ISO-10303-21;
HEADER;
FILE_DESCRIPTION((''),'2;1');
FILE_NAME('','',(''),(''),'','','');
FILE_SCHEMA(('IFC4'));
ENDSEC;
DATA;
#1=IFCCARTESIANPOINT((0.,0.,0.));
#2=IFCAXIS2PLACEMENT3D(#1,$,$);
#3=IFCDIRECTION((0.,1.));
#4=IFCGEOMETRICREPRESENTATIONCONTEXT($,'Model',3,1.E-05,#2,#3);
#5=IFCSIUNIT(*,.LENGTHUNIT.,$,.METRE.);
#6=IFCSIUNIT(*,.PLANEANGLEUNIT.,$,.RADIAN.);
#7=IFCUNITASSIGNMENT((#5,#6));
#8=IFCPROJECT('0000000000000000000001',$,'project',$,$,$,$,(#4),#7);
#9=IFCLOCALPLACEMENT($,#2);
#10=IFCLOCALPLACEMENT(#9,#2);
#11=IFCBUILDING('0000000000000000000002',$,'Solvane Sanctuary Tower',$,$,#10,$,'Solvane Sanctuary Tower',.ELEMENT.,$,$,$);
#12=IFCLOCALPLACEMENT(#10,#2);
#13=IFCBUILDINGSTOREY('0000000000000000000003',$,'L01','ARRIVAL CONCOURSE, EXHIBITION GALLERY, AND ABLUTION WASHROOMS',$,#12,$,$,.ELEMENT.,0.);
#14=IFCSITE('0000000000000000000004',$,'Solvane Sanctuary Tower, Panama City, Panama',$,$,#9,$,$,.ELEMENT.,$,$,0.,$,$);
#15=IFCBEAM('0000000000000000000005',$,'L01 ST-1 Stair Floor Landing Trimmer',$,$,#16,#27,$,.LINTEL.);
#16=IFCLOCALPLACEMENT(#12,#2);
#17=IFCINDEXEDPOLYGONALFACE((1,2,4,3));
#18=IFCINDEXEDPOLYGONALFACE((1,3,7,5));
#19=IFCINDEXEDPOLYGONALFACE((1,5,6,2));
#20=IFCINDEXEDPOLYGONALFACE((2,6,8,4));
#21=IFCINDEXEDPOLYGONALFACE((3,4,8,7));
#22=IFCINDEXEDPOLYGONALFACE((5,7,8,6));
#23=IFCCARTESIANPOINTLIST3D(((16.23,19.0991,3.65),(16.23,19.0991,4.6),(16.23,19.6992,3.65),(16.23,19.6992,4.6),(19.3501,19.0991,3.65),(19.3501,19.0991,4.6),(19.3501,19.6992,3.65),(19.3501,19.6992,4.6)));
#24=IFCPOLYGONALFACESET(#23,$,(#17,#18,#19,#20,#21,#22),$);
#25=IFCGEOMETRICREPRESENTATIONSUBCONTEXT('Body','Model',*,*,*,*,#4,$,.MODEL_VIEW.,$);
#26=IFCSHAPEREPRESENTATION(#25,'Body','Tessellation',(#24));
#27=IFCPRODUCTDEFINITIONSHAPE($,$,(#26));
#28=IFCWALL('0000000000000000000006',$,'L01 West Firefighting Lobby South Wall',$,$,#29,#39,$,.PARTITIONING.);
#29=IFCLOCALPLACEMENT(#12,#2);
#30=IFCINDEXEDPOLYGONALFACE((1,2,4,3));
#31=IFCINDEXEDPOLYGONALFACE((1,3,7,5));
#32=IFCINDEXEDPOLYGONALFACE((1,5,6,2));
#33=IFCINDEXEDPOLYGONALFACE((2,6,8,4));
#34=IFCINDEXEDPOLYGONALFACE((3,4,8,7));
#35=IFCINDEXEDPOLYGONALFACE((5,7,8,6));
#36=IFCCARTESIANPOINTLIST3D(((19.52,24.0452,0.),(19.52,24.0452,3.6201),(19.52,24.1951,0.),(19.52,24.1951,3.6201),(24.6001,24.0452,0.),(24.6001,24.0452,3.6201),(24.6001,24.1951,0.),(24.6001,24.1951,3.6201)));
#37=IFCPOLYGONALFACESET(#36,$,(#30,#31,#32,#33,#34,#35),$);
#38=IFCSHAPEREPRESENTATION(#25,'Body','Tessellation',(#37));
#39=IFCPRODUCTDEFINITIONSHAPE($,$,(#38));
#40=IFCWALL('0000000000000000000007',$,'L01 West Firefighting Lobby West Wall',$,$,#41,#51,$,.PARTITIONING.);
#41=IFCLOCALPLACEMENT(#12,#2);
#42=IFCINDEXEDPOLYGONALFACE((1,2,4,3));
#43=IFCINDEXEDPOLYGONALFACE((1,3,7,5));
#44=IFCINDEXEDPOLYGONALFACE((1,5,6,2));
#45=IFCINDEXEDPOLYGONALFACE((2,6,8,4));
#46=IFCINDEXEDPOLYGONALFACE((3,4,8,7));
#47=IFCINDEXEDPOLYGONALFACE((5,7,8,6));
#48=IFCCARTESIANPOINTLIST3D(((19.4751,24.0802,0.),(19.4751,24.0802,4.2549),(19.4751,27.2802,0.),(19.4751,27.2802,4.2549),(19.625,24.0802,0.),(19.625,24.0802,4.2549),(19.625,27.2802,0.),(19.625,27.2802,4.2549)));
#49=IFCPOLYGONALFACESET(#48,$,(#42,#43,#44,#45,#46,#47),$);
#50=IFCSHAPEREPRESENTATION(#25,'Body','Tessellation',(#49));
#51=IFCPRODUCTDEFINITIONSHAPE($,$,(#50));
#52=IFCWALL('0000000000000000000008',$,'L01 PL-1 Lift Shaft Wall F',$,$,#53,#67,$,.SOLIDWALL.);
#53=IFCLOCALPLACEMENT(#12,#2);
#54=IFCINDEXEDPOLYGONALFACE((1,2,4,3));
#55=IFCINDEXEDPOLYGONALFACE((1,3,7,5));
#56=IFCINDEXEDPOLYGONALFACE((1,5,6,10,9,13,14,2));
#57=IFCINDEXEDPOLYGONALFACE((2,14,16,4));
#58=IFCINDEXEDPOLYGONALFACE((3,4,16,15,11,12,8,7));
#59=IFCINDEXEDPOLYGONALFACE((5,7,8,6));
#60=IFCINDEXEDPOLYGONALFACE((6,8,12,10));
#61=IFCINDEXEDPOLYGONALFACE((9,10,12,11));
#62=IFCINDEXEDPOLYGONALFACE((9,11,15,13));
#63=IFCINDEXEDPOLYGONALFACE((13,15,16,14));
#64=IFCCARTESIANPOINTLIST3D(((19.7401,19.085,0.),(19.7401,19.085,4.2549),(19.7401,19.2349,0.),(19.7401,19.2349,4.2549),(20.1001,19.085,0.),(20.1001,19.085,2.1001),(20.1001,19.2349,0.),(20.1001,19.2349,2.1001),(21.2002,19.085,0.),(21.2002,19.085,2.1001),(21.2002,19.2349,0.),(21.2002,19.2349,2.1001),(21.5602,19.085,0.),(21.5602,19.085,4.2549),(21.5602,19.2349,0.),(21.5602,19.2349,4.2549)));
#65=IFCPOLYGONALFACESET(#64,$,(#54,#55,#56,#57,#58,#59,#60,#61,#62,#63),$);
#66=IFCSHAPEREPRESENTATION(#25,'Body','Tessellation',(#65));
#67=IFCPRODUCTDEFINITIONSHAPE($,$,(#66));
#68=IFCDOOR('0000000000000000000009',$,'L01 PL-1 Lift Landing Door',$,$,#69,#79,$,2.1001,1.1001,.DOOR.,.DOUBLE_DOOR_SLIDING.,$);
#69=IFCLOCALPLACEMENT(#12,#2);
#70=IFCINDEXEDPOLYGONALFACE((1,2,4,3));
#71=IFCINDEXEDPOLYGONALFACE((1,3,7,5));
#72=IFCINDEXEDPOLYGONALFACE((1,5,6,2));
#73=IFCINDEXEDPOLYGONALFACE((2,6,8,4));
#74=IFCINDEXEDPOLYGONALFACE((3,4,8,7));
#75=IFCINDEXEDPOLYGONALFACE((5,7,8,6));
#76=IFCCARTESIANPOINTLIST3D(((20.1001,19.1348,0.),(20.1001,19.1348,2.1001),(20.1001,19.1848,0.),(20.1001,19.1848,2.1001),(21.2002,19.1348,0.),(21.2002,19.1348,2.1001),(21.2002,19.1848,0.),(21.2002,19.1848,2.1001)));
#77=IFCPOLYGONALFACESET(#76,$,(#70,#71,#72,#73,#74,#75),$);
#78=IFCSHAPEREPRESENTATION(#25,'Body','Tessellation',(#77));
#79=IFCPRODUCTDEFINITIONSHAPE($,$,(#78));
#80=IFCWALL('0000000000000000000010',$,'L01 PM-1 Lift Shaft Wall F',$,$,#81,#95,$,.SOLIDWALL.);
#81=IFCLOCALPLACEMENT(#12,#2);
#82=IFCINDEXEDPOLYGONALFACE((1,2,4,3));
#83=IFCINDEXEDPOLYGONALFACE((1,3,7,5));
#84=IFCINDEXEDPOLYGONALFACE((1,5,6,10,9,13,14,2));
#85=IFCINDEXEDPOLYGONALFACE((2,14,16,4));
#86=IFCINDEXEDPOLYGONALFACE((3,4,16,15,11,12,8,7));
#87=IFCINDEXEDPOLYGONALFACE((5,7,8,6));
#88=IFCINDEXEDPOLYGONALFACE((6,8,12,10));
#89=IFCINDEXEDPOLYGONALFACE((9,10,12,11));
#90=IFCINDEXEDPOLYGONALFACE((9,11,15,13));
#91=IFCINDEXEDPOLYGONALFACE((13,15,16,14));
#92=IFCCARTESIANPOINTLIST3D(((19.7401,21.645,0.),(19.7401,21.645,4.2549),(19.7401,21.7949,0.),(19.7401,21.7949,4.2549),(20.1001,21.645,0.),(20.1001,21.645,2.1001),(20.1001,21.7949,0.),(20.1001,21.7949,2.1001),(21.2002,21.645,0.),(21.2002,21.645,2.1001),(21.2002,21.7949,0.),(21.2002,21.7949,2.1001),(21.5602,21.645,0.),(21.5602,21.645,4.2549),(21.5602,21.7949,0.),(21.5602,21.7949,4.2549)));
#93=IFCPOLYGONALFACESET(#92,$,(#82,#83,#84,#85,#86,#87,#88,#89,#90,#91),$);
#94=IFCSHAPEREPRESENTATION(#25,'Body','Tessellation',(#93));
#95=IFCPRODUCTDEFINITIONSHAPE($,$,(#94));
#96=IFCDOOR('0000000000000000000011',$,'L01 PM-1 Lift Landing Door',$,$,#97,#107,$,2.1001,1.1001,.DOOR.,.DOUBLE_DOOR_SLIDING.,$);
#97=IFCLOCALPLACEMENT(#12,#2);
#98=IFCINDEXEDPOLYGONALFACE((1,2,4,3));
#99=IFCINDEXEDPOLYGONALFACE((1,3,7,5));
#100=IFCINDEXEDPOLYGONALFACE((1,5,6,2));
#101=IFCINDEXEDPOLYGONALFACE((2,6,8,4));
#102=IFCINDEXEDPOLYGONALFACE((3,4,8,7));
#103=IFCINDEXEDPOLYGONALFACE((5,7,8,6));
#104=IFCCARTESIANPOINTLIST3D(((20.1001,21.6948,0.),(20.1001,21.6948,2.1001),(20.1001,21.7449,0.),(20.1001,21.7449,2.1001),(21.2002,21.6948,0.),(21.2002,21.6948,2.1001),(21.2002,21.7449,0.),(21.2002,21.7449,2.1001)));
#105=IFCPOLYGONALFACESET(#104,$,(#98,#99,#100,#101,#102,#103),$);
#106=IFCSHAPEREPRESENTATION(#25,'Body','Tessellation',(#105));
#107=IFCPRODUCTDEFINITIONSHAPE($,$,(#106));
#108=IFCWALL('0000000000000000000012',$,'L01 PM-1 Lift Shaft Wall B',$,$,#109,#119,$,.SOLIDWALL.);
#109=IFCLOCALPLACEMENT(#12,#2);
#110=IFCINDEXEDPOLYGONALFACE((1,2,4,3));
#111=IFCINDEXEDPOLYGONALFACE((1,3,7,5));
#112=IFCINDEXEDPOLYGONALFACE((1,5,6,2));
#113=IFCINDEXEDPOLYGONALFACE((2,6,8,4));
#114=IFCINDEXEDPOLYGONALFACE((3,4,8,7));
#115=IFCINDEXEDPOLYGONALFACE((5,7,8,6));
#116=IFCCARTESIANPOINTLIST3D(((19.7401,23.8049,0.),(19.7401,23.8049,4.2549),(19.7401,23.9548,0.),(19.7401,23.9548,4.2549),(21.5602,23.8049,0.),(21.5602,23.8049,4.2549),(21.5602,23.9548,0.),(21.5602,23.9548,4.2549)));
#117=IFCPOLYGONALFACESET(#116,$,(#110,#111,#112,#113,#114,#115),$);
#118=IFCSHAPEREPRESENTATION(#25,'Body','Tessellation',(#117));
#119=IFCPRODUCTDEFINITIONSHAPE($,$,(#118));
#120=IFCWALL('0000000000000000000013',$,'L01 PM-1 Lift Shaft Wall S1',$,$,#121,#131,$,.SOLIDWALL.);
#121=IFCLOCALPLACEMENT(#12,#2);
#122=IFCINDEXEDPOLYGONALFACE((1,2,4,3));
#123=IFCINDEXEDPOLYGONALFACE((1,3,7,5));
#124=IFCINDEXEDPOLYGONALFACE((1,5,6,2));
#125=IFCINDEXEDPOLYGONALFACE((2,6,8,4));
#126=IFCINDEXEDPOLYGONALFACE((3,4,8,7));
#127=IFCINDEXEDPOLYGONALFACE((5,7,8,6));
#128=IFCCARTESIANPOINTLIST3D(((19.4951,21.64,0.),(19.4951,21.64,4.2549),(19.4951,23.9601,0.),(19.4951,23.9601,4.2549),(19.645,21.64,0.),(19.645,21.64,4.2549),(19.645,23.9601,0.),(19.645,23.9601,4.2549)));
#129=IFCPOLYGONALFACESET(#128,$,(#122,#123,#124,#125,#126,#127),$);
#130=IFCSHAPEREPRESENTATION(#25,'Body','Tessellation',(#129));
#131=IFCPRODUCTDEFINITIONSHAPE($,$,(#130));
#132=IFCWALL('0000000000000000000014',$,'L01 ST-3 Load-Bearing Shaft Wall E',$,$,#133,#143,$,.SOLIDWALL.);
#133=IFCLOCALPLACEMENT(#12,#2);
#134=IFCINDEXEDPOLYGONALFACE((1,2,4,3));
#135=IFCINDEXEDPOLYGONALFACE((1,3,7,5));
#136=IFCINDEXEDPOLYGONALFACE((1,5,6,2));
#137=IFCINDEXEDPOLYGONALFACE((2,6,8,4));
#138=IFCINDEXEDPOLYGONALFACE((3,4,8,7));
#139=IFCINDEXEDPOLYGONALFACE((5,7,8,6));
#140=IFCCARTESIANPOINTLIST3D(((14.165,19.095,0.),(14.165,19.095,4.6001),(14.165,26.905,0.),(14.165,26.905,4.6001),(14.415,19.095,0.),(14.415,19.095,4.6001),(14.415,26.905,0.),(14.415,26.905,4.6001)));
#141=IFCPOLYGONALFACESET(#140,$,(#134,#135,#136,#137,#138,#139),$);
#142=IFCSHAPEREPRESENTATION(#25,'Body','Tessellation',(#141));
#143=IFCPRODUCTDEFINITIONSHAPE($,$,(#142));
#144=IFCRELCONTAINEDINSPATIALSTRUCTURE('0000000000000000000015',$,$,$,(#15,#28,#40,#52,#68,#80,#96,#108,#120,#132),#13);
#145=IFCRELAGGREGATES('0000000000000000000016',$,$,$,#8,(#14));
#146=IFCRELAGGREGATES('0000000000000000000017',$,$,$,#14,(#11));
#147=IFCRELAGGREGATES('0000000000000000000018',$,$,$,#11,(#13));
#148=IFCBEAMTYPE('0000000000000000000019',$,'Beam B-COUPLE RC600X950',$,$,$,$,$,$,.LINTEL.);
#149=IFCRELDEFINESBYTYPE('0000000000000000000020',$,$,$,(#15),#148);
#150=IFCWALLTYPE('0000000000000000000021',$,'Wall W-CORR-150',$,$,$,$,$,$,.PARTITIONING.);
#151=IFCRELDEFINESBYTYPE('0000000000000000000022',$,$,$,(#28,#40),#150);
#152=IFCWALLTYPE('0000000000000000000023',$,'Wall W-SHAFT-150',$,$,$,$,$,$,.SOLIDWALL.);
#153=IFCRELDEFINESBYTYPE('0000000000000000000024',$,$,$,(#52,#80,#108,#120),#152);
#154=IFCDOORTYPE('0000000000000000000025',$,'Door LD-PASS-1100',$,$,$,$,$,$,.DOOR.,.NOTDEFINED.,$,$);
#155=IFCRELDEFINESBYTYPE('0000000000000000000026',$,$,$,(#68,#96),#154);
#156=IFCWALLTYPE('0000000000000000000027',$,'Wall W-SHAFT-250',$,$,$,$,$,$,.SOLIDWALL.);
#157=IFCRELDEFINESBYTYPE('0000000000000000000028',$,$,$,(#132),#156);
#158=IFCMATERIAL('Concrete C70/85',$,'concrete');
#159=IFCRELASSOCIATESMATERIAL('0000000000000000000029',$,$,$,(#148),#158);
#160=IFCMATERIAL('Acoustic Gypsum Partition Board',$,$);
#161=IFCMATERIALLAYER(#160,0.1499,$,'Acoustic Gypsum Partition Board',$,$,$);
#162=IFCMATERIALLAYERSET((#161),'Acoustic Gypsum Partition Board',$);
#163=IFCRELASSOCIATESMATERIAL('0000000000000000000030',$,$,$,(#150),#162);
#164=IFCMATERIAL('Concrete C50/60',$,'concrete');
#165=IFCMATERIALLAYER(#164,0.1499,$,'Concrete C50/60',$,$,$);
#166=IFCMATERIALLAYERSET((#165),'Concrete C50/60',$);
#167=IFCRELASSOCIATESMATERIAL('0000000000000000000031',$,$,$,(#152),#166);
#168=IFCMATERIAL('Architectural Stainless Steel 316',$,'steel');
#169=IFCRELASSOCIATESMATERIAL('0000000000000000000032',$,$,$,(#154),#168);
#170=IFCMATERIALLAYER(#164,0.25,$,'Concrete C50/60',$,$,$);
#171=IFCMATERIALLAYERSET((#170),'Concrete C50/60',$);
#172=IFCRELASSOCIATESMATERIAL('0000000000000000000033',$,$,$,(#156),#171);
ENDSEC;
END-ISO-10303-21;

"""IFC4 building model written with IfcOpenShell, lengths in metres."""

from ifc_helpers import new_model, si_unit, direction, frame, frame_2d, origin, origin_2d, place, context, subcontext, project, spatial, rectangle, extrude, material, layer, layer_set, material_profile, profile_set, type_object, element, fill, save


model = new_model("IFC4")

# Units and contexts
model_context = context("Model", 3, precision=1e-05, world=origin(), true_north=direction((0.0, 1.0)))
body_context = subcontext(model_context, "Body", "Model", "MODEL_VIEW")
ifc_project = project(units=[si_unit("LENGTHUNIT", "METRE"), si_unit("PLANEANGLEUNIT", "RADIAN")], contexts=[model_context])

# Site, building, storey
site_placement = place(None, origin())
site = spatial("IfcSite", under=ifc_project, at=site_placement, Name="Solvane Sanctuary Tower, Panama City, Panama", CompositionType="ELEMENT", RefElevation=0.0)
building_placement = place(site_placement, origin())
building = spatial("IfcBuilding", under=site, at=building_placement, Name="Solvane Sanctuary Tower", LongName="Solvane Sanctuary Tower", CompositionType="ELEMENT")
storey_placement = place(building_placement, origin())
storey = spatial("IfcBuildingStorey", under=building, at=storey_placement, Name="L01", Description="ARRIVAL CONCOURSE, EXHIBITION GALLERY, AND ABLUTION WASHROOMS", CompositionType="ELEMENT", Elevation=0.0)

# Beam
ifc_material_1 = material(Name="Concrete C70/85", Category="concrete")
ifc_material_profile = material_profile(ifc_material_1, rectangle(XDim=0.6001, YDim=0.95, at=origin_2d()), Name="RC600X950")
ifc_profile_set = profile_set([ifc_material_profile], Name="Concrete C70/85")
beam_type = type_object("IfcBeamType", Name="Beam B-COUPLE RC600X950", PredefinedType="LINTEL", material=ifc_profile_set)
beam_placement = place(storey_placement, frame((16.23, 19.3992, 4.125), z_axis=(1.0, 0.0, 0.0), x_axis=(0.0, 1.0, 0.0)))
element("IfcBeam", 1, at=beam_placement, inside=storey, type_object=beam_type, Name="L01 ST-1 Stair Floor Landing Trimmer", PredefinedType="LINTEL", context=body_context, shape_type="SweptSolid", body=[
    extrude(rectangle(XDim=0.6001, YDim=0.95, at=origin_2d()), origin(), (0.0, 0.0, 1.0), 3.1201),
])

# Walls
ifc_material_2 = material(Name="Acoustic Gypsum Partition Board")
ifc_layer_1 = layer(ifc_material_2, 0.1499, Name="Acoustic Gypsum Partition Board")
ifc_layer_set_1 = layer_set([ifc_layer_1], Name="Acoustic Gypsum Partition Board")
wall_type_1 = type_object("IfcWallType", Name="Wall W-CORR-150", PredefinedType="PARTITIONING", material=ifc_layer_set_1)
wall_1_placement = place(storey_placement, frame((19.52, 24.1201, 0.0), z_axis=(0.0, 0.0, 1.0), x_axis=(1.0, 0.0, 0.0)))
element("IfcWall", 2, at=wall_1_placement, inside=storey, type_object=wall_type_1, Name="L01 West Firefighting Lobby South Wall", PredefinedType="PARTITIONING", context=body_context, shape_type="SweptSolid", body=[
    extrude(rectangle(XDim=5.0801, YDim=0.1499, at=frame_2d((2.54, 0.0))), origin(), (0.0, 0.0, 1.0), 3.6201),
])
wall_2_placement = place(storey_placement, frame((19.55, 24.0801, 0.0), z_axis=(0.0, 0.0, 1.0), x_axis=(0.0, 1.0, 0.0)))
element("IfcWall", 3, at=wall_2_placement, inside=storey, type_object=wall_type_1, Name="L01 West Firefighting Lobby West Wall", PredefinedType="PARTITIONING", context=body_context, shape_type="SweptSolid", body=[
    extrude(rectangle(XDim=3.2, YDim=0.1499, at=frame_2d((1.6001, 0.0))), origin(), (0.0, 0.0, 1.0), 4.2549),
])

# Walls, openings, doors
ifc_material_3 = material(Name="Concrete C50/60", Category="concrete")
ifc_layer_2 = layer(ifc_material_3, 0.1499, Name="Concrete C50/60")
ifc_layer_set_2 = layer_set([ifc_layer_2], Name="Concrete C50/60")
wall_type_2 = type_object("IfcWallType", Name="Wall W-SHAFT-150", PredefinedType="SOLIDWALL", material=ifc_layer_set_2)
wall_3_placement = place(storey_placement, frame((19.74, 19.1599, 0.0), z_axis=(0.0, 0.0, 1.0), x_axis=(1.0, 0.0, 0.0)))
wall_3 = element("IfcWall", 4, at=wall_3_placement, inside=storey, type_object=wall_type_2, Name="L01 PL-1 Lift Shaft Wall F", PredefinedType="SOLIDWALL", context=body_context, shape_type="SweptSolid", body=[
    extrude(rectangle(XDim=1.8201, YDim=0.1499, at=frame_2d((0.9102, 0.0))), origin(), (0.0, 0.0, 1.0), 4.2549),
])
opening_1_placement = place(wall_3_placement, frame((0.3601, 0.0, 0.0)))
opening_1 = element("IfcOpeningElement", 5, at=opening_1_placement, cuts=wall_3, PredefinedType="OPENING", context=body_context, shape_type="SweptSolid", body=[
    extrude(rectangle(XDim=1.1001, YDim=2.1001, at=frame_2d((0.55, 1.05))), frame((0.0, 0.085, 0.0), z_axis=(0.0, -1.0, 0.0), x_axis=(1.0, 0.0, 0.0)), (0.0, 0.0, 1.0), 0.1699),
])
ifc_material_4 = material(Name="Architectural Stainless Steel 316", Category="steel")
door_type = type_object("IfcDoorType", Name="Door LD-PASS-1100", OperationType="NOTDEFINED", PredefinedType="DOOR", material=ifc_material_4)
door_1_placement = place(opening_1_placement, origin())
door_1 = element("IfcDoor", 6, at=door_1_placement, inside=storey, type_object=door_type, Name="L01 PL-1 Lift Landing Door", OperationType="DOUBLE_DOOR_SLIDING", OverallHeight=2.1001, OverallWidth=1.1001, PredefinedType="DOOR", context=body_context, shape_type="SweptSolid", body=[
    extrude(rectangle(XDim=1.1001, YDim=2.1001, at=frame_2d((0.55, 1.05))), frame((0.0, 0.0249, 0.0), z_axis=(0.0, -1.0, 0.0), x_axis=(1.0, 0.0, 0.0)), (0.0, 0.0, 1.0), 0.05),
])
fill(opening_1, door_1)
wall_4_placement = place(storey_placement, frame((19.74, 21.72, 0.0), z_axis=(0.0, 0.0, 1.0), x_axis=(1.0, 0.0, 0.0)))
wall_4 = element("IfcWall", 7, at=wall_4_placement, inside=storey, type_object=wall_type_2, Name="L01 PM-1 Lift Shaft Wall F", PredefinedType="SOLIDWALL", context=body_context, shape_type="SweptSolid", body=[
    extrude(rectangle(XDim=1.8201, YDim=0.1499, at=frame_2d((0.9102, 0.0))), origin(), (0.0, 0.0, 1.0), 4.2549),
])
opening_2_placement = place(wall_4_placement, frame((0.3601, 0.0, 0.0)))
opening_2 = element("IfcOpeningElement", 8, at=opening_2_placement, cuts=wall_4, PredefinedType="OPENING", context=body_context, shape_type="SweptSolid", body=[
    extrude(rectangle(XDim=1.1001, YDim=2.1001, at=frame_2d((0.55, 1.05))), frame((0.0, 0.085, 0.0), z_axis=(0.0, -1.0, 0.0), x_axis=(1.0, 0.0, 0.0)), (0.0, 0.0, 1.0), 0.1699),
])
door_2_placement = place(opening_2_placement, origin())
door_2 = element("IfcDoor", 9, at=door_2_placement, inside=storey, type_object=door_type, Name="L01 PM-1 Lift Landing Door", OperationType="DOUBLE_DOOR_SLIDING", OverallHeight=2.1001, OverallWidth=1.1001, PredefinedType="DOOR", context=body_context, shape_type="SweptSolid", body=[
    extrude(rectangle(XDim=1.1001, YDim=2.1001, at=frame_2d((0.55, 1.05))), frame((0.0, 0.0249, 0.0), z_axis=(0.0, -1.0, 0.0), x_axis=(1.0, 0.0, 0.0)), (0.0, 0.0, 1.0), 0.05),
])
fill(opening_2, door_2)

# Walls
wall_5_placement = place(storey_placement, frame((19.74, 23.8799, 0.0), z_axis=(0.0, 0.0, 1.0), x_axis=(1.0, 0.0, 0.0)))
element("IfcWall", 10, at=wall_5_placement, inside=storey, type_object=wall_type_2, Name="L01 PM-1 Lift Shaft Wall B", PredefinedType="SOLIDWALL", context=body_context, shape_type="SweptSolid", body=[
    extrude(rectangle(XDim=1.8201, YDim=0.1499, at=frame_2d((0.9102, 0.0))), origin(), (0.0, 0.0, 1.0), 4.2549),
])
wall_6_placement = place(storey_placement, frame((19.5701, 21.6399, 0.0), z_axis=(0.0, 0.0, 1.0), x_axis=(0.0, 1.0, 0.0)))
element("IfcWall", 11, at=wall_6_placement, inside=storey, type_object=wall_type_2, Name="L01 PM-1 Lift Shaft Wall S1", PredefinedType="SOLIDWALL", context=body_context, shape_type="SweptSolid", body=[
    extrude(rectangle(XDim=2.3201, YDim=0.1499, at=frame_2d((1.1602, 0.0))), origin(), (0.0, 0.0, 1.0), 4.2549),
])
ifc_layer_3 = layer(ifc_material_3, 0.25, Name="Concrete C50/60")
ifc_layer_set_3 = layer_set([ifc_layer_3], Name="Concrete C50/60")
wall_type_3 = type_object("IfcWallType", Name="Wall W-SHAFT-250", PredefinedType="SOLIDWALL", material=ifc_layer_set_3)
wall_7_placement = place(storey_placement, frame((14.29, 19.095, 0.0), z_axis=(0.0, 0.0, 1.0), x_axis=(0.0, 1.0, 0.0)))
element("IfcWall", 12, at=wall_7_placement, inside=storey, type_object=wall_type_3, Name="L01 ST-3 Load-Bearing Shaft Wall E", PredefinedType="SOLIDWALL", context=body_context, shape_type="SweptSolid", body=[
    extrude(rectangle(XDim=7.8101, YDim=0.25, at=frame_2d((3.905, 0.0))), origin(), (0.0, 0.0, 1.0), 4.6001),
])

save(model, "model.ifc")
